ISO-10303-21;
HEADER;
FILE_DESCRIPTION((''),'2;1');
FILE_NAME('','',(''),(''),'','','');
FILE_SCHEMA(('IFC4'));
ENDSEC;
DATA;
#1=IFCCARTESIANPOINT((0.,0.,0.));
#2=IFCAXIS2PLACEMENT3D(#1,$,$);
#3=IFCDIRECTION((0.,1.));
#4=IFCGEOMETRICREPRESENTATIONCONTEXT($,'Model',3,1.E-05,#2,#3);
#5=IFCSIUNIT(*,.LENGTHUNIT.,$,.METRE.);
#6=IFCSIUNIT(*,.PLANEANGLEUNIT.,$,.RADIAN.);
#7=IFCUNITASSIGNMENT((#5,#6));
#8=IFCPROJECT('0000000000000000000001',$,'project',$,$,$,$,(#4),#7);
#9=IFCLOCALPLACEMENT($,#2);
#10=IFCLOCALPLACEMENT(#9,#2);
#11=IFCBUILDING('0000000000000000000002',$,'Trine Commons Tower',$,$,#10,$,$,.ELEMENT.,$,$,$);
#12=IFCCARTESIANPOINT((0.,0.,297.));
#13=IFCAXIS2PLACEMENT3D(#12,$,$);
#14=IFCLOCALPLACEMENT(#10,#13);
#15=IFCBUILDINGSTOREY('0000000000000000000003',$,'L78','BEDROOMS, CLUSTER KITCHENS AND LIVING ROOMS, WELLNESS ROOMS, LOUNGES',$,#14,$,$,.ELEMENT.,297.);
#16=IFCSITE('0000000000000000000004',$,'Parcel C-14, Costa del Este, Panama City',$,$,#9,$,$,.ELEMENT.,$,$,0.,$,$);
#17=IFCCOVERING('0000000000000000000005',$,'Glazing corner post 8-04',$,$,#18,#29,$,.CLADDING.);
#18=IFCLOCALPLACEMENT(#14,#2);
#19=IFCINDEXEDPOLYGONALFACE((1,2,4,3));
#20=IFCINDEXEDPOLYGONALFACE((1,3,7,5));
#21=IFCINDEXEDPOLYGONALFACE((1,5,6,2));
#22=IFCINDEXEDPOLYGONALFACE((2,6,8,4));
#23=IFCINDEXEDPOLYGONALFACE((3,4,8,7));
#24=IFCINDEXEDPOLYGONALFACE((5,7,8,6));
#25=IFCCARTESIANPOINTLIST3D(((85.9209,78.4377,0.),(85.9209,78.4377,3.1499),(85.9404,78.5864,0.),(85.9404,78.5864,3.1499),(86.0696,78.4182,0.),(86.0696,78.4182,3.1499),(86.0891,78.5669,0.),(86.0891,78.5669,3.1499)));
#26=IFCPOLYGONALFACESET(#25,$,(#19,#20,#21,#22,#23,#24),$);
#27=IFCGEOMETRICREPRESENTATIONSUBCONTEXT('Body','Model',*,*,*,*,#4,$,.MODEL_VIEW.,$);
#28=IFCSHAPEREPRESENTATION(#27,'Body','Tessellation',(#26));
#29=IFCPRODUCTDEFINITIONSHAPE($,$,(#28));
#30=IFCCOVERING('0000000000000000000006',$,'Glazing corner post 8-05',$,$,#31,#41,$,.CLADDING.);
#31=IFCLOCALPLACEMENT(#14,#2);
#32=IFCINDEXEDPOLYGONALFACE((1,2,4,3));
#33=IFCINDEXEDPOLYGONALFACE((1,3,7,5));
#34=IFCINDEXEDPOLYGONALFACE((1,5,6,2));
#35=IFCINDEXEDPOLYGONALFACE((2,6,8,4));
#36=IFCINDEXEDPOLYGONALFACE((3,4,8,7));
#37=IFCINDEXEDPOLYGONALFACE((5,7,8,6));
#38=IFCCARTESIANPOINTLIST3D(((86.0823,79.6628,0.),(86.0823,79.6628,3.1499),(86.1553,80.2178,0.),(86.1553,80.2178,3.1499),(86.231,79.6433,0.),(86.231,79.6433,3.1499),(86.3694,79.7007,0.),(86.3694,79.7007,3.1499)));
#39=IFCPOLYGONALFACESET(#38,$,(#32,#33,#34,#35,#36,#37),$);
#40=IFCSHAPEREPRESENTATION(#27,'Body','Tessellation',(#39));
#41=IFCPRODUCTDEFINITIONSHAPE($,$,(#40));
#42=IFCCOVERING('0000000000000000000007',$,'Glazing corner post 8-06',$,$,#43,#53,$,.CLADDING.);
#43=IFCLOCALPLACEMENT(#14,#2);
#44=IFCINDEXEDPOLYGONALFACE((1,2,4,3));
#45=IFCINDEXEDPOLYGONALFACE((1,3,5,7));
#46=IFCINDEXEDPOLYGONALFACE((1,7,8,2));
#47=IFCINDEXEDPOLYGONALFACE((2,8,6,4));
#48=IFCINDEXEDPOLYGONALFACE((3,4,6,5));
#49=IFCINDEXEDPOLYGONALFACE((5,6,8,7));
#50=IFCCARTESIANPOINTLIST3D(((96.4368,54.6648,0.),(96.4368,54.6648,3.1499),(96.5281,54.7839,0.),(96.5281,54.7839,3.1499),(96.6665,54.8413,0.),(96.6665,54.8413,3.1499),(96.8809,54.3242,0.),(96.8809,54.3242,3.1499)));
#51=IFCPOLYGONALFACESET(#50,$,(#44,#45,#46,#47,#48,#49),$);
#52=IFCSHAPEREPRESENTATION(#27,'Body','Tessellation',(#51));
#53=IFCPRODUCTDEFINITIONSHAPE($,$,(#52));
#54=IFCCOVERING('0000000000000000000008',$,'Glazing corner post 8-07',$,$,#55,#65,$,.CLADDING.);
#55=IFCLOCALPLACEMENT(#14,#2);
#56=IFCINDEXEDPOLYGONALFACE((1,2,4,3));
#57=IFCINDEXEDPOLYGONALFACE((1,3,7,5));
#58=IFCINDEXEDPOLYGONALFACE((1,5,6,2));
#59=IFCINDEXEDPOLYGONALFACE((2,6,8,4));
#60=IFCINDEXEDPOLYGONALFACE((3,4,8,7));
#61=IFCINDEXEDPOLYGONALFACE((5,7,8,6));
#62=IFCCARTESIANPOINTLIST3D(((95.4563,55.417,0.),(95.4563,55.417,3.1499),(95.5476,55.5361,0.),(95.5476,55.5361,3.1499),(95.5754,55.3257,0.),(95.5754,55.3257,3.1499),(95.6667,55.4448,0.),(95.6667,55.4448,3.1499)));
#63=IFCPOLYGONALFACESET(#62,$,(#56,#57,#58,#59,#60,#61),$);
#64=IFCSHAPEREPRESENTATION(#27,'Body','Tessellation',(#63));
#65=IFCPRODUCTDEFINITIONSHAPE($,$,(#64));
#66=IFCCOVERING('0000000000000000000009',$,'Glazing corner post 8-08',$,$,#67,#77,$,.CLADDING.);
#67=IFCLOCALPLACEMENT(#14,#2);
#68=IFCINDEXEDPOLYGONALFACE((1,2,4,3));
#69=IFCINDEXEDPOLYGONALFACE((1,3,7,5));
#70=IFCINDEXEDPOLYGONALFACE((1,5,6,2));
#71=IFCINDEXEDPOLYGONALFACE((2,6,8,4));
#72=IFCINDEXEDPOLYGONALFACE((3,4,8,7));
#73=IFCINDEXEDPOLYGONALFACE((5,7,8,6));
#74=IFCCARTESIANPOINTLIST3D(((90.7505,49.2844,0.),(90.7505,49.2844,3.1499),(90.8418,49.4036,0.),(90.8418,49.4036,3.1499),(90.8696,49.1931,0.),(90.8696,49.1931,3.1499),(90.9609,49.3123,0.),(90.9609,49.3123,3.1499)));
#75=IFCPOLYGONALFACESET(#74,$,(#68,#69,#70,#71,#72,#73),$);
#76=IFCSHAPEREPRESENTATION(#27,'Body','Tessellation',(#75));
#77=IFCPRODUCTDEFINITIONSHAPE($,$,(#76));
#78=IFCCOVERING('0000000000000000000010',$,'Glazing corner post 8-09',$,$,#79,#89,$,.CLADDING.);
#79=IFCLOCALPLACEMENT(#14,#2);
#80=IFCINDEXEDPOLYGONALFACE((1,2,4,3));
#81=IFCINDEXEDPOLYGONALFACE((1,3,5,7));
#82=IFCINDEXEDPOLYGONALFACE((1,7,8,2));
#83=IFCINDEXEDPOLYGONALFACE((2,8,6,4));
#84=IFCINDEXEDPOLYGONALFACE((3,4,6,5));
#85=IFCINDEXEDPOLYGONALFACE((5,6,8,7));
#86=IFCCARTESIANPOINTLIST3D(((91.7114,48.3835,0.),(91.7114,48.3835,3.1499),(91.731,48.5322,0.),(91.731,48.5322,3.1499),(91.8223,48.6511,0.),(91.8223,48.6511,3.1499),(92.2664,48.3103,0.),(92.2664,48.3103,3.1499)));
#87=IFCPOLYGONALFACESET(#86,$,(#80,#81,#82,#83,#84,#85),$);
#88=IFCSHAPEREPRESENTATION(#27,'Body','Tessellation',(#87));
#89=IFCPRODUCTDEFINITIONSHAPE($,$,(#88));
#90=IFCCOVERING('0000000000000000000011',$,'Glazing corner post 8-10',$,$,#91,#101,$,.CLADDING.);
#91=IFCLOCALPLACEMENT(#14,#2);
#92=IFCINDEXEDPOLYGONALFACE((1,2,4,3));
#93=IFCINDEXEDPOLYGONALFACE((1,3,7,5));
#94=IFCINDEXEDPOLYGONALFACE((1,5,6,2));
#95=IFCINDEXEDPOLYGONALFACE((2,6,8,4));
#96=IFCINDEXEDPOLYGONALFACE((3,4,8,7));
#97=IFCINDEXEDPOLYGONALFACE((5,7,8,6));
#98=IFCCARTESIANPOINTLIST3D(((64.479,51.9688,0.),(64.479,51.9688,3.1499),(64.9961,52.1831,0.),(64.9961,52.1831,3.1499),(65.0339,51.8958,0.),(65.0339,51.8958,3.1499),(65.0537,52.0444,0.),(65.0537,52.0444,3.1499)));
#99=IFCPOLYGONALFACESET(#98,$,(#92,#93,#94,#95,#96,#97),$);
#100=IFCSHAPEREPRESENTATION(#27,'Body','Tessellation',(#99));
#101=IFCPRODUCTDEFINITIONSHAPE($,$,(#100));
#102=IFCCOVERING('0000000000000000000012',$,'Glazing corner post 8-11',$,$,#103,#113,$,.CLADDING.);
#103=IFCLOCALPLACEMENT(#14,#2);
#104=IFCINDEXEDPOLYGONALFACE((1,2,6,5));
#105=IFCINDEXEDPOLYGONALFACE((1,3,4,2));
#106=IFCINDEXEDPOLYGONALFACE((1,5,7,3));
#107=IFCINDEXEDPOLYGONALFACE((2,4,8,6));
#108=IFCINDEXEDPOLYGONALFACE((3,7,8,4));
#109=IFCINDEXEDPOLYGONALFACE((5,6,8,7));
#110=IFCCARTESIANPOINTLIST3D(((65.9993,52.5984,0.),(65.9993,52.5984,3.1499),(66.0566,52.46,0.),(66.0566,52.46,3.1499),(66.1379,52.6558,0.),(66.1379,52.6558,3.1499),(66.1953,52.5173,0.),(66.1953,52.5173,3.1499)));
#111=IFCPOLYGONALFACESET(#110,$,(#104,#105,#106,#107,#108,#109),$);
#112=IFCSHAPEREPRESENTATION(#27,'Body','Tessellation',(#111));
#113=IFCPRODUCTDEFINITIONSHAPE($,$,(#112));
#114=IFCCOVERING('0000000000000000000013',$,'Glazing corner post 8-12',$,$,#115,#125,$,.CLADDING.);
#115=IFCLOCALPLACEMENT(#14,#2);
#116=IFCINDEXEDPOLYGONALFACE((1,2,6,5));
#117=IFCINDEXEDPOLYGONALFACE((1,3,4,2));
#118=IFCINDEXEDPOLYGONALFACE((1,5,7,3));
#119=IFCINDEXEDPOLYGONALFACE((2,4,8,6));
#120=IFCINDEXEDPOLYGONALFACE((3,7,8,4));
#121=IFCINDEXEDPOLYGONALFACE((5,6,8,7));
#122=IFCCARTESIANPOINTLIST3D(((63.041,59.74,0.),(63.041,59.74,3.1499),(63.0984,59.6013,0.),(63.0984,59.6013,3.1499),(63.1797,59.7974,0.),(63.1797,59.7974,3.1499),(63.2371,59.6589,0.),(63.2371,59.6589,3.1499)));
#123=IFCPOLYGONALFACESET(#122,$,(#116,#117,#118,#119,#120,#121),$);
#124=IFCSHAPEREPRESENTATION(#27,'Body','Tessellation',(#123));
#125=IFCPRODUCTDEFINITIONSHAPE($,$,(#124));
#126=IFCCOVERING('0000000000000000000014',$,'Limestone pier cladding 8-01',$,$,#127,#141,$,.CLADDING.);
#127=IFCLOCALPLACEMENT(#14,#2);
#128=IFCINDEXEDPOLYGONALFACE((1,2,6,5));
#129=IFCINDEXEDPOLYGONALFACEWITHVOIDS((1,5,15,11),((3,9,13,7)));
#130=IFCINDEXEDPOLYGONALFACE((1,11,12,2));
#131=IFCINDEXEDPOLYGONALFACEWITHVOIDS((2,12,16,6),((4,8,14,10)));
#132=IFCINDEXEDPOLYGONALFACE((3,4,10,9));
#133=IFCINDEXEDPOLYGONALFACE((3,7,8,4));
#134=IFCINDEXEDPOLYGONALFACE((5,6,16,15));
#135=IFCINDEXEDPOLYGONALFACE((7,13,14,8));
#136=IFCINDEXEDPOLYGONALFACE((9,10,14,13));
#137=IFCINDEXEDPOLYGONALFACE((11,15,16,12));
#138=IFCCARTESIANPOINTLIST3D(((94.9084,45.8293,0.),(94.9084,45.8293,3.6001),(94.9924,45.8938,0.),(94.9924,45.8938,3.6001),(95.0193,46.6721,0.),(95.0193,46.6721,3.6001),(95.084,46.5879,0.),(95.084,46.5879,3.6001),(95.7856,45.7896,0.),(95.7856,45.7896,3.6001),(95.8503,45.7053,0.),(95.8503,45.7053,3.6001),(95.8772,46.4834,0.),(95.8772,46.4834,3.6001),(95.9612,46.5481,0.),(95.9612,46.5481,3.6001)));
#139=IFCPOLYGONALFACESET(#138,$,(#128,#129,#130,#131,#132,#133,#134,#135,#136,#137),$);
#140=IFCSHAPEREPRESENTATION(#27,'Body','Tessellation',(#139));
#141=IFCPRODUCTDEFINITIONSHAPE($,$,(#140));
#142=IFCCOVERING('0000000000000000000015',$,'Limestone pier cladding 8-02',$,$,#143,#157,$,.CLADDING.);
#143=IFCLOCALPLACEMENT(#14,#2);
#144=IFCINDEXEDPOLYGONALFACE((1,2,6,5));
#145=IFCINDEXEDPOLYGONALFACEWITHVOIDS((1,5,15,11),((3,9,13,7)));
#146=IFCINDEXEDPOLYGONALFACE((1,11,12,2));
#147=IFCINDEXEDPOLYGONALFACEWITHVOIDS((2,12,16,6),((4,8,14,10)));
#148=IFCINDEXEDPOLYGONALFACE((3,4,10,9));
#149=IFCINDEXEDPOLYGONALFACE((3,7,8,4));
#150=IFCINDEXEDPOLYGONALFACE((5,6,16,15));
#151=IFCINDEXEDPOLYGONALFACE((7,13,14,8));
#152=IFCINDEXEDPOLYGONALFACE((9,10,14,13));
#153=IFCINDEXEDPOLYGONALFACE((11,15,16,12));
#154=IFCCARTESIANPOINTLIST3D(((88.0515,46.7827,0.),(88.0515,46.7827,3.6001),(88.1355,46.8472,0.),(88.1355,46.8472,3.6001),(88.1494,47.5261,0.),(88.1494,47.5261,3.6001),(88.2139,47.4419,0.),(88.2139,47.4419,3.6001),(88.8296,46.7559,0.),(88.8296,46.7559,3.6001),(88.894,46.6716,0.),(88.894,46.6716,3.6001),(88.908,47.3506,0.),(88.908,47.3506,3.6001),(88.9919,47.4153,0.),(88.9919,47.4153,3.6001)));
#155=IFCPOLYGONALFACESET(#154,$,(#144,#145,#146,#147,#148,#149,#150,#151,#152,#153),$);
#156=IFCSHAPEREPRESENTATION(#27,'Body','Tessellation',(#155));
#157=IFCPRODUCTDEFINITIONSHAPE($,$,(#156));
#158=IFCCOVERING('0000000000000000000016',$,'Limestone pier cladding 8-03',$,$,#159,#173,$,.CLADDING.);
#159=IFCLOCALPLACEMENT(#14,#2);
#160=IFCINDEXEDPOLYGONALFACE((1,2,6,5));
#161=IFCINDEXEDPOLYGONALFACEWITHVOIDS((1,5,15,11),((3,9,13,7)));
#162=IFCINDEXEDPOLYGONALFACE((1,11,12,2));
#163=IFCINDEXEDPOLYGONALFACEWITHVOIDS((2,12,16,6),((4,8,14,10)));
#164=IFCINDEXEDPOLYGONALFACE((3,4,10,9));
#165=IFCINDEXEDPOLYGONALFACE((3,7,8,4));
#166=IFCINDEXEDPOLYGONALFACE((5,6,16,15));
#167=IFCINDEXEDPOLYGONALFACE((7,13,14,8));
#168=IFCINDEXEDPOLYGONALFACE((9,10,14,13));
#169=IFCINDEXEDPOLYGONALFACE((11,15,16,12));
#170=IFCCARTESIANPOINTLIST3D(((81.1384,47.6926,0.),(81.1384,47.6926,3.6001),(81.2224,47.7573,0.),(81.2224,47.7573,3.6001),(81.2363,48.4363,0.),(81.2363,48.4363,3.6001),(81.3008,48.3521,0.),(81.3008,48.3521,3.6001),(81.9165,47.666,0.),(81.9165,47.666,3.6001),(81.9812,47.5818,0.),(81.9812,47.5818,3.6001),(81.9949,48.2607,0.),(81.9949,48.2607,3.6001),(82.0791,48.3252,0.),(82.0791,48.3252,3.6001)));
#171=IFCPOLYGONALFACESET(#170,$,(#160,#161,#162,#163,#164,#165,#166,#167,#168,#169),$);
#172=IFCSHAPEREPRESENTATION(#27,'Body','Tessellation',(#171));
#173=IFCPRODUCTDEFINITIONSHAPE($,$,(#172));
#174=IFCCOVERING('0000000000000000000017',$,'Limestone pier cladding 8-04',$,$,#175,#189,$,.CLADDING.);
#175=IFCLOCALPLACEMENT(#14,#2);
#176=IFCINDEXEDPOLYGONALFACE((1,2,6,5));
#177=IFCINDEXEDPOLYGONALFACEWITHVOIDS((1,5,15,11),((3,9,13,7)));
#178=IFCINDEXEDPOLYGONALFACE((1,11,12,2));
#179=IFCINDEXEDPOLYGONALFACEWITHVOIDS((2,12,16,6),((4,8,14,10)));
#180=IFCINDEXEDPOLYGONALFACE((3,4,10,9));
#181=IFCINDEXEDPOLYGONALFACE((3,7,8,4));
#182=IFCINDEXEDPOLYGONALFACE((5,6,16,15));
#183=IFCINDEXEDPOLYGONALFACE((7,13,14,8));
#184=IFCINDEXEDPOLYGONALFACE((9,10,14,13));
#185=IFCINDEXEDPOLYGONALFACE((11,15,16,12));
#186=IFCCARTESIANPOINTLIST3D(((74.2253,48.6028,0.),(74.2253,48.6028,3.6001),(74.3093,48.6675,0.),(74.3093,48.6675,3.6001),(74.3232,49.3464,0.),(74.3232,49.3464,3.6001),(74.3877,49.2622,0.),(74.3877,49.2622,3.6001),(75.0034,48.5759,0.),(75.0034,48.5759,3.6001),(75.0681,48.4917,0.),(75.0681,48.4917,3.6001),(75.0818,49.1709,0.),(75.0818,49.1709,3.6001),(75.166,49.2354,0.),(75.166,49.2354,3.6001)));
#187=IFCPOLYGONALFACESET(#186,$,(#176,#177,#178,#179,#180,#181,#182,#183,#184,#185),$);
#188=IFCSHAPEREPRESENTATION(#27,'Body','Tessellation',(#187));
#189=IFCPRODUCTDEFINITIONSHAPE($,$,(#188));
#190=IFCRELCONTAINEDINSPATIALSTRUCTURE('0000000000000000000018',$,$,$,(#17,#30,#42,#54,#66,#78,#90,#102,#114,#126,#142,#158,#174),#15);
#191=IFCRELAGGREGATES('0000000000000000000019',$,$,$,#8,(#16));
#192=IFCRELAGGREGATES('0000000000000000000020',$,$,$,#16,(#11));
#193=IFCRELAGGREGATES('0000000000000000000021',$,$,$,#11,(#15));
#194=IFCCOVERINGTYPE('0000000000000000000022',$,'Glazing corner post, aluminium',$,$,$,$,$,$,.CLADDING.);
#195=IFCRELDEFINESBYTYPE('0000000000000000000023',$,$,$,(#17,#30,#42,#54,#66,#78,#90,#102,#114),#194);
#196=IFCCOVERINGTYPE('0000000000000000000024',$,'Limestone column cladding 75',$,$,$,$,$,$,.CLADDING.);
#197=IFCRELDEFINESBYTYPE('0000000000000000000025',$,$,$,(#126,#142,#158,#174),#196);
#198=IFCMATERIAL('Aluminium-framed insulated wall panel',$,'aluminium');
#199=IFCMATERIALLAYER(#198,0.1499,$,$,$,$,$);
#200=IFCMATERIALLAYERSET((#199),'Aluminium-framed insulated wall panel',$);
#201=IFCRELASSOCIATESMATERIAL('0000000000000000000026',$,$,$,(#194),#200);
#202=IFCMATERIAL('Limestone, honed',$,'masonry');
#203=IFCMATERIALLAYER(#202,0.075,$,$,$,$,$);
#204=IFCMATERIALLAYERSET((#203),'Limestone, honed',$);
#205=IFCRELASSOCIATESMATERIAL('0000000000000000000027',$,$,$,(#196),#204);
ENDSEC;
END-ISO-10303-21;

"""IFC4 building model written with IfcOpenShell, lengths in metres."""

from ifc_helpers import new_model, si_unit, direction, frame, origin, place, context, subcontext, project, spatial, polyline, outline, extrude, material, layer, layer_set, type_object, element, save


model = new_model("IFC4")

# Units and contexts
model_context = context("Model", 3, precision=1e-05, world=origin(), true_north=direction((0.0, 1.0)))
body_context = subcontext(model_context, "Body", "Model", "MODEL_VIEW")
ifc_project = project(units=[si_unit("LENGTHUNIT", "METRE"), si_unit("PLANEANGLEUNIT", "RADIAN")], contexts=[model_context])

# Site, building, storey
site_placement = place(None, origin())
site = spatial("IfcSite", under=ifc_project, at=site_placement, Name="Parcel C-14, Costa del Este, Panama City", CompositionType="ELEMENT", RefElevation=0.0)
building_placement = place(site_placement, origin())
building = spatial("IfcBuilding", under=site, at=building_placement, Name="Trine Commons Tower", CompositionType="ELEMENT")
storey_placement = place(building_placement, frame((0.0, 0.0, 297.0)))
storey = spatial("IfcBuildingStorey", under=building, at=storey_placement, Name="L78", Description="BEDROOMS, CLUSTER KITCHENS AND LIVING ROOMS, WELLNESS ROOMS, LOUNGES", CompositionType="ELEMENT", Elevation=297.0)

# Coverings
ifc_material_1 = material(Name="Aluminium-framed insulated wall panel", Category="aluminium")
ifc_layer_1 = layer(ifc_material_1, 0.1499)
ifc_layer_set_1 = layer_set([ifc_layer_1], Name="Aluminium-framed insulated wall panel")
covering_type_1 = type_object("IfcCoveringType", Name="Glazing corner post, aluminium", PredefinedType="CLADDING", material=ifc_layer_set_1)
covering_1_placement = place(storey_placement, origin())
element("IfcCovering", 1, at=covering_1_placement, inside=storey, type_object=covering_type_1, Name="Glazing corner post 8-04", PredefinedType="CLADDING", context=body_context, shape_type="SweptSolid", body=[
    extrude(outline(polyline([(85.9209, 78.4377), (86.0696, 78.4182), (86.0891, 78.5669), (85.9404, 78.5864), (85.9209, 78.4377)])), origin(), (0.0, 0.0, 1.0), 3.1499),
])
covering_2_placement = place(storey_placement, origin())
element("IfcCovering", 2, at=covering_2_placement, inside=storey, type_object=covering_type_1, Name="Glazing corner post 8-05", PredefinedType="CLADDING", context=body_context, shape_type="SweptSolid", body=[
    extrude(outline(polyline([(86.0823, 79.6628), (86.231, 79.6433), (86.3694, 79.7007), (86.1553, 80.2178), (86.0823, 79.6628)])), origin(), (0.0, 0.0, 1.0), 3.1499),
])
covering_3_placement = place(storey_placement, origin())
element("IfcCovering", 3, at=covering_3_placement, inside=storey, type_object=covering_type_1, Name="Glazing corner post 8-06", PredefinedType="CLADDING", context=body_context, shape_type="SweptSolid", body=[
    extrude(outline(polyline([(96.4368, 54.6648), (96.8809, 54.3242), (96.6665, 54.8413), (96.5281, 54.7839), (96.4368, 54.6648)])), origin(), (0.0, 0.0, 1.0), 3.1499),
])
covering_4_placement = place(storey_placement, origin())
element("IfcCovering", 4, at=covering_4_placement, inside=storey, type_object=covering_type_1, Name="Glazing corner post 8-07", PredefinedType="CLADDING", context=body_context, shape_type="SweptSolid", body=[
    extrude(outline(polyline([(95.4563, 55.417), (95.5754, 55.3257), (95.6667, 55.4448), (95.5476, 55.5361), (95.4563, 55.417)])), origin(), (0.0, 0.0, 1.0), 3.1499),
])
covering_5_placement = place(storey_placement, origin())
element("IfcCovering", 5, at=covering_5_placement, inside=storey, type_object=covering_type_1, Name="Glazing corner post 8-08", PredefinedType="CLADDING", context=body_context, shape_type="SweptSolid", body=[
    extrude(outline(polyline([(90.8696, 49.1931), (90.9609, 49.3123), (90.8418, 49.4036), (90.7505, 49.2844), (90.8696, 49.1931)])), origin(), (0.0, 0.0, 1.0), 3.1499),
])
covering_6_placement = place(storey_placement, origin())
element("IfcCovering", 6, at=covering_6_placement, inside=storey, type_object=covering_type_1, Name="Glazing corner post 8-09", PredefinedType="CLADDING", context=body_context, shape_type="SweptSolid", body=[
    extrude(outline(polyline([(91.7114, 48.3835), (92.2664, 48.3103), (91.8223, 48.6511), (91.731, 48.5322), (91.7114, 48.3835)])), origin(), (0.0, 0.0, 1.0), 3.1499),
])
covering_7_placement = place(storey_placement, origin())
element("IfcCovering", 7, at=covering_7_placement, inside=storey, type_object=covering_type_1, Name="Glazing corner post 8-10", PredefinedType="CLADDING", context=body_context, shape_type="SweptSolid", body=[
    extrude(outline(polyline([(65.0339, 51.8958), (65.0537, 52.0444), (64.9961, 52.1831), (64.479, 51.9688), (65.0339, 51.8958)])), origin(), (0.0, 0.0, 1.0), 3.1499),
])
covering_8_placement = place(storey_placement, origin())
element("IfcCovering", 8, at=covering_8_placement, inside=storey, type_object=covering_type_1, Name="Glazing corner post 8-11", PredefinedType="CLADDING", context=body_context, shape_type="SweptSolid", body=[
    extrude(outline(polyline([(66.0566, 52.46), (66.1953, 52.5173), (66.1379, 52.6558), (65.9993, 52.5984), (66.0566, 52.46)])), origin(), (0.0, 0.0, 1.0), 3.1499),
])
covering_9_placement = place(storey_placement, origin())
element("IfcCovering", 9, at=covering_9_placement, inside=storey, type_object=covering_type_1, Name="Glazing corner post 8-12", PredefinedType="CLADDING", context=body_context, shape_type="SweptSolid", body=[
    extrude(outline(polyline([(63.041, 59.74), (63.0984, 59.6013), (63.2371, 59.6589), (63.1797, 59.7974), (63.041, 59.74)])), origin(), (0.0, 0.0, 1.0), 3.1499),
])
ifc_material_2 = material(Name="Limestone, honed", Category="masonry")
ifc_layer_2 = layer(ifc_material_2, 0.075)
ifc_layer_set_2 = layer_set([ifc_layer_2], Name="Limestone, honed")
covering_type_2 = type_object("IfcCoveringType", Name="Limestone column cladding 75", PredefinedType="CLADDING", material=ifc_layer_set_2)
covering_10_placement = place(storey_placement, origin())
element("IfcCovering", 10, at=covering_10_placement, inside=storey, type_object=covering_type_2, Name="Limestone pier cladding 8-01", PredefinedType="CLADDING", context=body_context, shape_type="SweptSolid", body=[
    extrude(outline(polyline([(95.0193, 46.6721), (94.9084, 45.8293), (95.8503, 45.7053), (95.9612, 46.5481), (95.0193, 46.6721)]), holes=[polyline([(95.084, 46.5879), (94.9924, 45.8938), (95.7856, 45.7896), (95.8772, 46.4834), (95.084, 46.5879)])]), origin(), (0.0, 0.0, 1.0), 3.6001),
])
covering_11_placement = place(storey_placement, origin())
element("IfcCovering", 11, at=covering_11_placement, inside=storey, type_object=covering_type_2, Name="Limestone pier cladding 8-02", PredefinedType="CLADDING", context=body_context, shape_type="SweptSolid", body=[
    extrude(outline(polyline([(88.1494, 47.5261), (88.0515, 46.7827), (88.894, 46.6716), (88.9919, 47.4153), (88.1494, 47.5261)]), holes=[polyline([(88.2139, 47.4419), (88.1355, 46.8472), (88.8296, 46.7559), (88.908, 47.3506), (88.2139, 47.4419)])]), origin(), (0.0, 0.0, 1.0), 3.6001),
])
covering_12_placement = place(storey_placement, origin())
element("IfcCovering", 12, at=covering_12_placement, inside=storey, type_object=covering_type_2, Name="Limestone pier cladding 8-03", PredefinedType="CLADDING", context=body_context, shape_type="SweptSolid", body=[
    extrude(outline(polyline([(81.2363, 48.4363), (81.1384, 47.6926), (81.9812, 47.5818), (82.0791, 48.3252), (81.2363, 48.4363)]), holes=[polyline([(81.3008, 48.3521), (81.2224, 47.7573), (81.9165, 47.666), (81.9949, 48.2607), (81.3008, 48.3521)])]), origin(), (0.0, 0.0, 1.0), 3.6001),
])
covering_13_placement = place(storey_placement, origin())
element("IfcCovering", 13, at=covering_13_placement, inside=storey, type_object=covering_type_2, Name="Limestone pier cladding 8-04", PredefinedType="CLADDING", context=body_context, shape_type="SweptSolid", body=[
    extrude(outline(polyline([(74.3232, 49.3464), (74.2253, 48.6028), (75.0681, 48.4917), (75.166, 49.2354), (74.3232, 49.3464)]), holes=[polyline([(74.3877, 49.2622), (74.3093, 48.6675), (75.0034, 48.5759), (75.0818, 49.1709), (74.3877, 49.2622)])]), origin(), (0.0, 0.0, 1.0), 3.6001),
])

save(model, "model.ifc")
